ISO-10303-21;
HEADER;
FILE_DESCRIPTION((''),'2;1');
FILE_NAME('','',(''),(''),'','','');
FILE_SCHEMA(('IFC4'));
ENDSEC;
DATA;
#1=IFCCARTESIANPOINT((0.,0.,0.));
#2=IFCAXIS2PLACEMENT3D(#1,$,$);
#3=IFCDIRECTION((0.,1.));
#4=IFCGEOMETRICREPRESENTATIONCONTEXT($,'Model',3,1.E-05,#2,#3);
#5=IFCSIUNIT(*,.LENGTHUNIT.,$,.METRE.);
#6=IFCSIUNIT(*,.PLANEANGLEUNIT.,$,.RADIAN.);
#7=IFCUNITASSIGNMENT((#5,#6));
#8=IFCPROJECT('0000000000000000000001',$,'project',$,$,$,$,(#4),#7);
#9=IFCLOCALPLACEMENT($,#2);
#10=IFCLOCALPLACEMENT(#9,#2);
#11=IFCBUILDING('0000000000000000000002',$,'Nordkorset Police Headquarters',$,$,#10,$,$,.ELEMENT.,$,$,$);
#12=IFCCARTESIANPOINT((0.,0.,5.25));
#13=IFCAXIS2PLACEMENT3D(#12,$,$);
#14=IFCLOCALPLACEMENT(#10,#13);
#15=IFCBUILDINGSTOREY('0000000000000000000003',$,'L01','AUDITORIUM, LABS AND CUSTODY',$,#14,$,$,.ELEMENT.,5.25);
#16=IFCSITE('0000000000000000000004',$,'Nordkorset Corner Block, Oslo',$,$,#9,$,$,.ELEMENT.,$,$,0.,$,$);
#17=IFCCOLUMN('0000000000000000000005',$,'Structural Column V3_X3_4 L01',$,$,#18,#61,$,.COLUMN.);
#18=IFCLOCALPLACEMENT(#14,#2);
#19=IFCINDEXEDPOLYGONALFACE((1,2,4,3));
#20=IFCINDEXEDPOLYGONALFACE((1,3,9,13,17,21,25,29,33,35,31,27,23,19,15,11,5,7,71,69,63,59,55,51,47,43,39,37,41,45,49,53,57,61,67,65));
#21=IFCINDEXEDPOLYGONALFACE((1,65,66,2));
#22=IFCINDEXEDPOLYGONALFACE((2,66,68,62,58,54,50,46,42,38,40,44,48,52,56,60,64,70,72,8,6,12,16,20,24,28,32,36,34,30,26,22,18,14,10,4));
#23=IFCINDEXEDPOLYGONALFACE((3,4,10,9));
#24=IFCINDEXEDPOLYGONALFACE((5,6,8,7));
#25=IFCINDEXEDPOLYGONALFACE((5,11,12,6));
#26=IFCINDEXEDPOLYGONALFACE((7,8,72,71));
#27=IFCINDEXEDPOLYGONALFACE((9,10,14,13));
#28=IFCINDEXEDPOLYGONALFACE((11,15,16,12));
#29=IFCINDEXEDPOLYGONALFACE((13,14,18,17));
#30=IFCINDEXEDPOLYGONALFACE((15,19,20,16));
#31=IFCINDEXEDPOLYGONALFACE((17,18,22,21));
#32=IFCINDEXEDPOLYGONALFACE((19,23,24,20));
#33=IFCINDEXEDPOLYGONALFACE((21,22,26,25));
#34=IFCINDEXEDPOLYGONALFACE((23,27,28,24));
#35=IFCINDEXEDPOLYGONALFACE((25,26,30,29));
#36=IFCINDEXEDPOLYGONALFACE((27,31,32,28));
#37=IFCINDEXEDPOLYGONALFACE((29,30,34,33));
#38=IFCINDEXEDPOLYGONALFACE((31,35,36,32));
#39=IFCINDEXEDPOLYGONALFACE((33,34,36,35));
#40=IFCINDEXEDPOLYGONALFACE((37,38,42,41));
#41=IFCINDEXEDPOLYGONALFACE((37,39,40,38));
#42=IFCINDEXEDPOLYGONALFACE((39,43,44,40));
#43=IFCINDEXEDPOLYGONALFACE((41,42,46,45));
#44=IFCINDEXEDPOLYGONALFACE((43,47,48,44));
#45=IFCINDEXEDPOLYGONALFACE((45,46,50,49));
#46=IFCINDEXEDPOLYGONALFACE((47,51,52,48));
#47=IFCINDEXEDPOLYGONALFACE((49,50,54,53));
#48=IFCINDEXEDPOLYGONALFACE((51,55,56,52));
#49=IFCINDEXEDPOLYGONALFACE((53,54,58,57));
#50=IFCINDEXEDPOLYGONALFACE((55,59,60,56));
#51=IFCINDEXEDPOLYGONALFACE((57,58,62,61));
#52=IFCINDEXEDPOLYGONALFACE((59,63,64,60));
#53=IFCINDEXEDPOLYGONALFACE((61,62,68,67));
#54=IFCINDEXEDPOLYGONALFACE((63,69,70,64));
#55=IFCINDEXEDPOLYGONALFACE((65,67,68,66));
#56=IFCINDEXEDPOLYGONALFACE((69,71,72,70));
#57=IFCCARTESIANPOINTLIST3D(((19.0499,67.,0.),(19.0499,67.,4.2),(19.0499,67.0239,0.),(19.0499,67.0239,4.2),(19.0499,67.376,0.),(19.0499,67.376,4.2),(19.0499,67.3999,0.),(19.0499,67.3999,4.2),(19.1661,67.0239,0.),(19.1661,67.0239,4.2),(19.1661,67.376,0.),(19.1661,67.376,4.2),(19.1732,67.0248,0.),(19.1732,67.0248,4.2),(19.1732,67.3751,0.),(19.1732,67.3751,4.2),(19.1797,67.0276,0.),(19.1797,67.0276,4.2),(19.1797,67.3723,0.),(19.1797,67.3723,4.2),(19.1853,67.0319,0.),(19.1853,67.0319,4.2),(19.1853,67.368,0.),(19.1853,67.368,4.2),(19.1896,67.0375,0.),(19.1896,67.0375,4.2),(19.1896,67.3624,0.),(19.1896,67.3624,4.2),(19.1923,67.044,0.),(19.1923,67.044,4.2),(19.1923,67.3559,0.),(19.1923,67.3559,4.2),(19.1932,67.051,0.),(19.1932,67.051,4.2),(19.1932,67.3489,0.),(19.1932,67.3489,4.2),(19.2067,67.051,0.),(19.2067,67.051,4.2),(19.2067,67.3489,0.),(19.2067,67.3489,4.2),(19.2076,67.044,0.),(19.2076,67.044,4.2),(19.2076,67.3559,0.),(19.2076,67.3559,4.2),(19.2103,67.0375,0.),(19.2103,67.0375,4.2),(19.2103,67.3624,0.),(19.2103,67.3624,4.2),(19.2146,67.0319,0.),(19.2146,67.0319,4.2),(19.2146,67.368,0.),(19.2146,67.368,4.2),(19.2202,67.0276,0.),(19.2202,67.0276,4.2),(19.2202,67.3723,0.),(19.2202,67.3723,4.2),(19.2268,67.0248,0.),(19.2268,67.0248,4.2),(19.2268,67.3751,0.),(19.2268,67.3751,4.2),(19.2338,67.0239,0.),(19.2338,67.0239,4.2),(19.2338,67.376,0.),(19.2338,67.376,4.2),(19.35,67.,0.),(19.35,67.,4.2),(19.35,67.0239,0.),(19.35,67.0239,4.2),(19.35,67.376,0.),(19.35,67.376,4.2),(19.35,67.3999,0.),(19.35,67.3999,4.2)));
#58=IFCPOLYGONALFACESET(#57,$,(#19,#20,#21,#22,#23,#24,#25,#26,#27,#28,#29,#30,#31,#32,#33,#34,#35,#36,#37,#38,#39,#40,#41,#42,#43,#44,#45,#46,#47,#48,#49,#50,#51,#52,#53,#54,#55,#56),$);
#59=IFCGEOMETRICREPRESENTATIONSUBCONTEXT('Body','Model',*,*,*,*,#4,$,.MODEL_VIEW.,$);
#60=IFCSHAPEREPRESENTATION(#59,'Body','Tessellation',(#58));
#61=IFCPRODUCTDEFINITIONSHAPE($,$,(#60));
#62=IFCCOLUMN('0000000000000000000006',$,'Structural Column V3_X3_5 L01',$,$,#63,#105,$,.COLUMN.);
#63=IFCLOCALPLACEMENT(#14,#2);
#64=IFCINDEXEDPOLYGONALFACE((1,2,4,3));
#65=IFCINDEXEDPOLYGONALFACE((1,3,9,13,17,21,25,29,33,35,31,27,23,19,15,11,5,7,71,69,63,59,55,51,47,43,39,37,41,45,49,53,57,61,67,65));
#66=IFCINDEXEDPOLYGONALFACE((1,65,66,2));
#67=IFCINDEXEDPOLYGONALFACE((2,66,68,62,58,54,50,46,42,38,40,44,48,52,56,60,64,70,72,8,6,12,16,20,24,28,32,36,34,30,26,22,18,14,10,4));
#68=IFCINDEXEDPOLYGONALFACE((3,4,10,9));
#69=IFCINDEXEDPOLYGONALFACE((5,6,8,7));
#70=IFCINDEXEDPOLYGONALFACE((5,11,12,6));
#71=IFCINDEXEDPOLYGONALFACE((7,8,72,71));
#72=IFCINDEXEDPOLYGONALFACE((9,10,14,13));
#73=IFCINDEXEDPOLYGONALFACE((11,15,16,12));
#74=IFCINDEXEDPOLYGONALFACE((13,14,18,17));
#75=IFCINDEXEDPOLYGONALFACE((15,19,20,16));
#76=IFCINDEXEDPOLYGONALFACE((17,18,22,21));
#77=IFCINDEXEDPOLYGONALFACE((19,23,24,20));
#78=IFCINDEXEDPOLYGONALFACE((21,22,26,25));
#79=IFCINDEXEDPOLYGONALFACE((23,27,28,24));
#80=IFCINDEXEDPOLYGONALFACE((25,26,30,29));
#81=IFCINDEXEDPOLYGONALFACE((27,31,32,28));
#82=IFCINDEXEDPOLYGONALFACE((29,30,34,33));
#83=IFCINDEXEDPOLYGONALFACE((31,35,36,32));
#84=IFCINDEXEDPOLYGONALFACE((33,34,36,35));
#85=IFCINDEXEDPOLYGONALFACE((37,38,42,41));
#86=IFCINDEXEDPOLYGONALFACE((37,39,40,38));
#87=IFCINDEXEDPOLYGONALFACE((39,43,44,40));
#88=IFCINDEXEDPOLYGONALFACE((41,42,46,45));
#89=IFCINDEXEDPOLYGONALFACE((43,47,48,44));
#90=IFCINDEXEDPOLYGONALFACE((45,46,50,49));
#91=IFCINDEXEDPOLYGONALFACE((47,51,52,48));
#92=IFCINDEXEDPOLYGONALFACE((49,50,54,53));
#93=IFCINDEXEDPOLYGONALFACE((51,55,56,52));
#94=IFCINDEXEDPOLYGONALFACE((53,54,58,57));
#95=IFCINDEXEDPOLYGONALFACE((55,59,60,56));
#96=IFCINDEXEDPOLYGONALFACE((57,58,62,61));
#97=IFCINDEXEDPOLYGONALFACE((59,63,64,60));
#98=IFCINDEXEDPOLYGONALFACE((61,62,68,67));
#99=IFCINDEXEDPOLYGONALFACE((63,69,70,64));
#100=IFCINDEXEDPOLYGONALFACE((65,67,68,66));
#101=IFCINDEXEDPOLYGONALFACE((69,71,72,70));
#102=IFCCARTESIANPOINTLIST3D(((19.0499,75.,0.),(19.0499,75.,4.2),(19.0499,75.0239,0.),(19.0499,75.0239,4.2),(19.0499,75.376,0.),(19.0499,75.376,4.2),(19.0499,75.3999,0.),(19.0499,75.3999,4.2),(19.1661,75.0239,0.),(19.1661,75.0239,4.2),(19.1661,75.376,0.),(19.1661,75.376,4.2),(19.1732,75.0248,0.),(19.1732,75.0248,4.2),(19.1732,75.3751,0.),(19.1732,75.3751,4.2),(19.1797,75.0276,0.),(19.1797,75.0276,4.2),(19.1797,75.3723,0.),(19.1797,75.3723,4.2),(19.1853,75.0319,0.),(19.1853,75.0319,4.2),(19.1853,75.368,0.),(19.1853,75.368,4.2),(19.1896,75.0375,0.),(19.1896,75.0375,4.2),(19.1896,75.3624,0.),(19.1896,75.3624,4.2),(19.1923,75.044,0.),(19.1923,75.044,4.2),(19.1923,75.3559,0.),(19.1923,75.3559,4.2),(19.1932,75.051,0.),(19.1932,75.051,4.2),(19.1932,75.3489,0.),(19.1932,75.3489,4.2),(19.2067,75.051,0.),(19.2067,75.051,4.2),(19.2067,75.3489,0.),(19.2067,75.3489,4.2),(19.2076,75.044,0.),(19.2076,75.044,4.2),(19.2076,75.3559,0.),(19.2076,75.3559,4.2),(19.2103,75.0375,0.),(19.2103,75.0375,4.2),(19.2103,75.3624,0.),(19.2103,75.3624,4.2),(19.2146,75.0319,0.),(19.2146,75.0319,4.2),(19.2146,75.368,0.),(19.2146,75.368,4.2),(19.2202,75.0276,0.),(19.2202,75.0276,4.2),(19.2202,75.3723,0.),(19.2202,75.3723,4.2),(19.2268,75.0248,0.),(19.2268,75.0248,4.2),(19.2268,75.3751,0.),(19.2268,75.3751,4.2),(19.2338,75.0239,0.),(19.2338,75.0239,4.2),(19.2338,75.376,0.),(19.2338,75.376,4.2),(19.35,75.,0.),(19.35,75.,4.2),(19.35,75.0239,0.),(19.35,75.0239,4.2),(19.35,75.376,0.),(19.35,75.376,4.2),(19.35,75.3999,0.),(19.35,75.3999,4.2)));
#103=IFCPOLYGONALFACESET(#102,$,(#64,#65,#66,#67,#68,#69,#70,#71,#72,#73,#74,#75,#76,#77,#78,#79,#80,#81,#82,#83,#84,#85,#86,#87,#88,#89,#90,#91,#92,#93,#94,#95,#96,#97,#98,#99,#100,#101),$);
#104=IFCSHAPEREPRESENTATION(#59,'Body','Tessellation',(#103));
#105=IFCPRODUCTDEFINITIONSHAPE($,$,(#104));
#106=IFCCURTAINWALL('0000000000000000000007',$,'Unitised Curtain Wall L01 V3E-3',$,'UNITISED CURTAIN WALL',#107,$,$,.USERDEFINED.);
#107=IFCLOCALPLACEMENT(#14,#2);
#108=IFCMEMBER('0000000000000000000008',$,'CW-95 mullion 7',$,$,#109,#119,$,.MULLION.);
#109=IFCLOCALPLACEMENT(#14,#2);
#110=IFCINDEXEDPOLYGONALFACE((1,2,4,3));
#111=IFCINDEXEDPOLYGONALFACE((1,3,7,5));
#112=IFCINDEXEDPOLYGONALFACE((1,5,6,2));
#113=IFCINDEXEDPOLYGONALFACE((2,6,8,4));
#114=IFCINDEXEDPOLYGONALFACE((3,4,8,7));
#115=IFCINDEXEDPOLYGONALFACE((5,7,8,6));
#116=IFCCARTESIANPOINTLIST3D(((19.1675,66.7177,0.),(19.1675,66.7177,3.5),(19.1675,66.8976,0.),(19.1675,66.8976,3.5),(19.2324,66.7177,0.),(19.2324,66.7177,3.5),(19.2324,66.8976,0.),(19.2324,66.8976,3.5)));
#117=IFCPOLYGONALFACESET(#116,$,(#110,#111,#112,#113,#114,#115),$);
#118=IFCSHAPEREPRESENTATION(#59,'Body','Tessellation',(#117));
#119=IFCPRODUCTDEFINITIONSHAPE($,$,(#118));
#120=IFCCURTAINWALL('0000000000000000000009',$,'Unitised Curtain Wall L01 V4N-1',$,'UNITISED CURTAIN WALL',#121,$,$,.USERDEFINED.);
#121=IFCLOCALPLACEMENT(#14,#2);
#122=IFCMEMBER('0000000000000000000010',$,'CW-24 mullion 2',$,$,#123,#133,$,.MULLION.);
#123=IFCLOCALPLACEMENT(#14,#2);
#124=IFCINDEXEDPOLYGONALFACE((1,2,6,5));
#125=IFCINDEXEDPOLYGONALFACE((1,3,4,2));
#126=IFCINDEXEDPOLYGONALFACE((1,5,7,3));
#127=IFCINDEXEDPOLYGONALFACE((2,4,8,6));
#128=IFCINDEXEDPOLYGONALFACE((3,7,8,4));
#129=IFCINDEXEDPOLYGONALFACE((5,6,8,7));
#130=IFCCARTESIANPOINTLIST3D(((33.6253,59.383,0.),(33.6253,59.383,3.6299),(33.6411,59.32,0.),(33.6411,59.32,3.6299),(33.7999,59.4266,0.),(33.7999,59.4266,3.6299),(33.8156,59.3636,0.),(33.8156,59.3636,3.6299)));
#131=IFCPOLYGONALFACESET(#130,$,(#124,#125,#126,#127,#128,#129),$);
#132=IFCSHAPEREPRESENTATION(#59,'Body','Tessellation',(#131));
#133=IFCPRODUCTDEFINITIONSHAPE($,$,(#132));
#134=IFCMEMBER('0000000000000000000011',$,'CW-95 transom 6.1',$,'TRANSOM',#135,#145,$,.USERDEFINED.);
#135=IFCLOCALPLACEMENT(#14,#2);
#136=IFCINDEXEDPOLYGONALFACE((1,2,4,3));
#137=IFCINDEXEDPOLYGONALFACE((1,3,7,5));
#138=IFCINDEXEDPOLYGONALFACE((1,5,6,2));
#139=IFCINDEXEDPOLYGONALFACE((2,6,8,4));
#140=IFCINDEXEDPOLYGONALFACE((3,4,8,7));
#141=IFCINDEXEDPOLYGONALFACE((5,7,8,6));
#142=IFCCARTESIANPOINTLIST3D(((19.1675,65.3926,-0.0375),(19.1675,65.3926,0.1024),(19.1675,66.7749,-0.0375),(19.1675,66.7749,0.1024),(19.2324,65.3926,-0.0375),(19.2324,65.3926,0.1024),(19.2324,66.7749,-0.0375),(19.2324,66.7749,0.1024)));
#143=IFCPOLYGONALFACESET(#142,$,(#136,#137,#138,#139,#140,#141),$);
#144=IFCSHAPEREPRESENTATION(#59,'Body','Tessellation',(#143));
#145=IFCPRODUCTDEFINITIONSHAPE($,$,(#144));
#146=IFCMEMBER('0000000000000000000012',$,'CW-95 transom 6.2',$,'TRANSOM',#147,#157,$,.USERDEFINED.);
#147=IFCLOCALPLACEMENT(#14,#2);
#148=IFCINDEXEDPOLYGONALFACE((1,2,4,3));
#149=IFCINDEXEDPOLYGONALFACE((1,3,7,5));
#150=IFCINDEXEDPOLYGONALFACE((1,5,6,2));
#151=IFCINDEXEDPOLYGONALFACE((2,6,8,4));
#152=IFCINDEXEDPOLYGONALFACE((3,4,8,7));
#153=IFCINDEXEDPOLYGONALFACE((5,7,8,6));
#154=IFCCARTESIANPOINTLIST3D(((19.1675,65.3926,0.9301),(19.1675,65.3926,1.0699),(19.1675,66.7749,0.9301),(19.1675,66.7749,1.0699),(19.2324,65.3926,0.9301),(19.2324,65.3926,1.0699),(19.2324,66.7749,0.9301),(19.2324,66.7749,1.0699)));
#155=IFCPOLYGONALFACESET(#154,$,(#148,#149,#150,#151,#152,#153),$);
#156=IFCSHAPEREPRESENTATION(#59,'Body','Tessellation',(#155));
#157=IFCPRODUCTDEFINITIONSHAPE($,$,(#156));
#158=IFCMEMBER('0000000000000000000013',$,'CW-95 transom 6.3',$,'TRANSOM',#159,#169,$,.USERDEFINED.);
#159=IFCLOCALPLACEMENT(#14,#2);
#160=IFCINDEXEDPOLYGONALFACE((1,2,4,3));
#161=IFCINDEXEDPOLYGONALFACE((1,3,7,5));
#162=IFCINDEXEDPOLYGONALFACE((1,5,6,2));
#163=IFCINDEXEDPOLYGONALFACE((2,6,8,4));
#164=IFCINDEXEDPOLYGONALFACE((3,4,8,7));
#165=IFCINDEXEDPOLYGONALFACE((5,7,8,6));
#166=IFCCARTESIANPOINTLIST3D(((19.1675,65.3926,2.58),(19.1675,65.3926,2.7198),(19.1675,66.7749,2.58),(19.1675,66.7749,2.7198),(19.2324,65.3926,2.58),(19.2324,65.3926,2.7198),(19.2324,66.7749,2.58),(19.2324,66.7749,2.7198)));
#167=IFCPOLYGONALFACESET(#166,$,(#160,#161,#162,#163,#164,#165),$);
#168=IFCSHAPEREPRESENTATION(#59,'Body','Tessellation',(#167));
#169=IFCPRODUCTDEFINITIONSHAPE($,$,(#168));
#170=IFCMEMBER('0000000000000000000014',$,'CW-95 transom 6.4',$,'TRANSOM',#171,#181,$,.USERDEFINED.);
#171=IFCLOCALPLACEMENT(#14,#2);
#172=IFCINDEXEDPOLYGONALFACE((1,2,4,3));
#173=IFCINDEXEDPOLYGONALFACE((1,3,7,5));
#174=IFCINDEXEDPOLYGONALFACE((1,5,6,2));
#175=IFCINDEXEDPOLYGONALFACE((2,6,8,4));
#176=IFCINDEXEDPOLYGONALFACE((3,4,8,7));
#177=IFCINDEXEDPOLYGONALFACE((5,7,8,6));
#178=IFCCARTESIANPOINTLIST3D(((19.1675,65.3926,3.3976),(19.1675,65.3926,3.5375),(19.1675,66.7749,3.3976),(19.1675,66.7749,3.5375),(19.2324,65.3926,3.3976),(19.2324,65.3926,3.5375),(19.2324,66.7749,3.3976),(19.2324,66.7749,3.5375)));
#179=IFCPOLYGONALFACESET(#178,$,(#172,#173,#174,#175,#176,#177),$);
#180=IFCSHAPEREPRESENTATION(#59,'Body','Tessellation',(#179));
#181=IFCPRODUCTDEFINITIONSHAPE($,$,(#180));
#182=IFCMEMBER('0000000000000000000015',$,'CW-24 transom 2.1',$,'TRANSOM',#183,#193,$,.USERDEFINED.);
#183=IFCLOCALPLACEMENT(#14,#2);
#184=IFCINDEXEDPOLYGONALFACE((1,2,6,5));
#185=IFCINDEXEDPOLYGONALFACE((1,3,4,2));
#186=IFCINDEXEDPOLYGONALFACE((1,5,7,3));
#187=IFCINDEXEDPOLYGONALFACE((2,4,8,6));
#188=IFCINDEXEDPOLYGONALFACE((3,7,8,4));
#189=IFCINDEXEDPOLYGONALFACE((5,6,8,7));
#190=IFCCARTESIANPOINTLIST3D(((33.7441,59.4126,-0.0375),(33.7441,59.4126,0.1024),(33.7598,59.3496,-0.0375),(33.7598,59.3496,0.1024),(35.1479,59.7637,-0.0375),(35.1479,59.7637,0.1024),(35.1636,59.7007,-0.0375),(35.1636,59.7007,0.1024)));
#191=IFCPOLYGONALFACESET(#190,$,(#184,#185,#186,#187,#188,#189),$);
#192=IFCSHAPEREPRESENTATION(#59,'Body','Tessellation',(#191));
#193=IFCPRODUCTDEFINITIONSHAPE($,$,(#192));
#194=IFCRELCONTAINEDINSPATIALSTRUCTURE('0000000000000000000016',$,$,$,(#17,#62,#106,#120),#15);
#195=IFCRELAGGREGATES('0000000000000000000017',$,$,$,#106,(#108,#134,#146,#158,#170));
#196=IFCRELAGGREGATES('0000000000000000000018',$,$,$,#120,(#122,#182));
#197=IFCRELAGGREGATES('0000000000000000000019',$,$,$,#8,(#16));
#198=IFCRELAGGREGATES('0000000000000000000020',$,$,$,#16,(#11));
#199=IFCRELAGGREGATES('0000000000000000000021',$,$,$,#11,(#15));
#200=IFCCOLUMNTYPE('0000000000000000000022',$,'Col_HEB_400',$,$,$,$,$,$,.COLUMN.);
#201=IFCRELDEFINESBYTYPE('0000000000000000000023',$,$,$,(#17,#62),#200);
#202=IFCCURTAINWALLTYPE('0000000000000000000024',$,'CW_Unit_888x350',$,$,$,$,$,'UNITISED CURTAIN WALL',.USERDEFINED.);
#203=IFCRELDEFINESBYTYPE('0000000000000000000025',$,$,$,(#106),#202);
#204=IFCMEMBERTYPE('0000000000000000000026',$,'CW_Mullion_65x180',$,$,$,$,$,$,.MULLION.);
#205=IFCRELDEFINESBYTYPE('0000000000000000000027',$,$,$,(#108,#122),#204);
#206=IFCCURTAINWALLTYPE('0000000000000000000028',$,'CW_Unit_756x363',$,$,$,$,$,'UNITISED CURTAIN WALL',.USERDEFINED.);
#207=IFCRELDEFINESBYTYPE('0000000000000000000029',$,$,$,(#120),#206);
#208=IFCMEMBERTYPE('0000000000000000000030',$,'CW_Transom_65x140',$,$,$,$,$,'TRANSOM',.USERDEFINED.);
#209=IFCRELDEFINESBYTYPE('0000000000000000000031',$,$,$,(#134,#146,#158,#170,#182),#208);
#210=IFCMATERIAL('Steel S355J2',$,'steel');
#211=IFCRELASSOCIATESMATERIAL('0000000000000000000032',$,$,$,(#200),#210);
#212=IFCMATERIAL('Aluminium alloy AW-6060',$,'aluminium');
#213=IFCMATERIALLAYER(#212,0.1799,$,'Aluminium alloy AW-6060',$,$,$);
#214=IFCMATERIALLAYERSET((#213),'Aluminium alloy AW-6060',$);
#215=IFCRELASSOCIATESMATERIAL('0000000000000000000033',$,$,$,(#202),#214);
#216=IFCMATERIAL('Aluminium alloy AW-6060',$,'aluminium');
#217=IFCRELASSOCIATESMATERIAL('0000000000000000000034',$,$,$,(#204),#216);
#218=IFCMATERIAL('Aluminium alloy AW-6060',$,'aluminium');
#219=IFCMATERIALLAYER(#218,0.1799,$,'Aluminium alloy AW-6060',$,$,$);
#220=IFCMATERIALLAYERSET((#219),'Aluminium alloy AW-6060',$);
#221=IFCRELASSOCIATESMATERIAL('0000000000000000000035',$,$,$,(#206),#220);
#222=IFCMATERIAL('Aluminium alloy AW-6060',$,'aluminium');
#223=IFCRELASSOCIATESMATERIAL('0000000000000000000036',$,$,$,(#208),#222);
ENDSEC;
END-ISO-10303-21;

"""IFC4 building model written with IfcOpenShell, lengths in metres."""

from ifc_helpers import new_model, si_unit, direction, frame, origin, origin_2d, place, context, subcontext, project, spatial, rectangle, i_section, extrude, material, layer, layer_set, material_profile, profile_set, type_object, element, aggregate, save


model = new_model("IFC4")

# Units and contexts
model_context = context("Model", 3, precision=1e-05, world=origin(), true_north=direction((0.0, 1.0)))
body_context = subcontext(model_context, "Body", "Model", "MODEL_VIEW")
ifc_project = project(units=[si_unit("LENGTHUNIT", "METRE"), si_unit("PLANEANGLEUNIT", "RADIAN")], contexts=[model_context])

# Site, building, storey
site_placement = place(None, origin())
site = spatial("IfcSite", under=ifc_project, at=site_placement, Name="Nordkorset Corner Block, Oslo", CompositionType="ELEMENT", RefElevation=0.0)
building_placement = place(site_placement, origin())
building = spatial("IfcBuilding", under=site, at=building_placement, Name="Nordkorset Police Headquarters", CompositionType="ELEMENT")
storey_placement = place(building_placement, frame((0.0, 0.0, 5.25)))
storey = spatial("IfcBuildingStorey", under=building, at=storey_placement, Name="L01", Description="AUDITORIUM, LABS AND CUSTODY", CompositionType="ELEMENT", Elevation=5.25)

# Columns
ifc_material_1 = material(Name="Steel S355J2", Category="steel")
ifc_material_profile_1 = material_profile(ifc_material_1, i_section(OverallWidth=0.3, OverallDepth=0.3999, WebThickness=0.0134, FlangeThickness=0.0239, FilletRadius=0.0271, at=origin_2d()), Name="HEB 400")
ifc_profile_set_1 = profile_set([ifc_material_profile_1], Name="Steel S355J2")
column_type = type_object("IfcColumnType", Name="Col_HEB_400", PredefinedType="COLUMN", material=ifc_profile_set_1)
for number, where, z_axis, x_axis, name in (
    (1, (19.2, 67.2, 0.0), (0.0, 0.0, 1.0), (1.0, 0.0, 0.0), "Structural Column V3_X3_4 L01"),
    (2, (19.2, 75.2, 0.0), (0.0, 0.0, 1.0), (1.0, 0.0, 0.0), "Structural Column V3_X3_5 L01"),
):
    element("IfcColumn", number, at=place(storey_placement, frame(where, z_axis=z_axis, x_axis=x_axis)), inside=storey, type_object=column_type, Name=name, PredefinedType="COLUMN", context=body_context, shape_type="SweptSolid", body=[
        extrude(i_section(OverallWidth=0.3, OverallDepth=0.3999, WebThickness=0.0134, FlangeThickness=0.0239, FilletRadius=0.0271, at=origin_2d()), origin(), (0.0, 0.0, 1.0), 4.2),
    ])

# Curtain walls, members
ifc_material_2 = material(Name="Aluminium alloy AW-6060", Category="aluminium")
ifc_layer_1 = layer(ifc_material_2, 0.1799, Name="Aluminium alloy AW-6060")
ifc_layer_set_1 = layer_set([ifc_layer_1], Name="Aluminium alloy AW-6060")
curtain_wall_type_1 = type_object("IfcCurtainWallType", Name="CW_Unit_888x350", ElementType="UNITISED CURTAIN WALL", PredefinedType="USERDEFINED", material=ifc_layer_set_1)
curtain_wall_1_placement = place(storey_placement, origin())
curtain_wall_1 = element("IfcCurtainWall", 3, at=curtain_wall_1_placement, inside=storey, type_object=curtain_wall_type_1, Name="Unitised Curtain Wall L01 V3E-3", ObjectType="UNITISED CURTAIN WALL", PredefinedType="USERDEFINED")
ifc_material_3 = material(Name="Aluminium alloy AW-6060", Category="aluminium")
ifc_material_profile_2 = material_profile(ifc_material_3, rectangle(XDim=0.0649, YDim=0.1799, at=origin_2d()), Name="ALU MULL 65x180")
ifc_profile_set_2 = profile_set([ifc_material_profile_2], Name="Aluminium alloy AW-6060")
member_type_1 = type_object("IfcMemberType", Name="CW_Mullion_65x180", PredefinedType="MULLION", material=ifc_profile_set_2)
member_1_placement = place(storey_placement, frame((19.2, 66.8076, 0.0), z_axis=(0.0, 0.0, 1.0), x_axis=(-1.0, 0.0, 0.0)))
member_1 = element("IfcMember", 4, at=member_1_placement, type_object=member_type_1, Name="CW-95 mullion 7", PredefinedType="MULLION", context=body_context, shape_type="SweptSolid", body=[
    extrude(rectangle(XDim=0.0649, YDim=0.1799, at=origin_2d()), origin(), (0.0, 0.0, 1.0), 3.5),
])
ifc_material_4 = material(Name="Aluminium alloy AW-6060", Category="aluminium")
ifc_layer_2 = layer(ifc_material_4, 0.1799, Name="Aluminium alloy AW-6060")
ifc_layer_set_2 = layer_set([ifc_layer_2], Name="Aluminium alloy AW-6060")
curtain_wall_type_2 = type_object("IfcCurtainWallType", Name="CW_Unit_756x363", ElementType="UNITISED CURTAIN WALL", PredefinedType="USERDEFINED", material=ifc_layer_set_2)
curtain_wall_2_placement = place(storey_placement, origin())
curtain_wall_2 = element("IfcCurtainWall", 5, at=curtain_wall_2_placement, inside=storey, type_object=curtain_wall_type_2, Name="Unitised Curtain Wall L01 V4N-1", ObjectType="UNITISED CURTAIN WALL", PredefinedType="USERDEFINED")
member_2_placement = place(storey_placement, frame((33.7205, 59.3733, 0.0), z_axis=(0.0, 0.0, 1.0), x_axis=(-0.242536, 0.970143, 0.0)))
member_2 = element("IfcMember", 6, at=member_2_placement, type_object=member_type_1, Name="CW-24 mullion 2", PredefinedType="MULLION", context=body_context, shape_type="SweptSolid", body=[
    extrude(rectangle(XDim=0.0649, YDim=0.1799, at=origin_2d()), origin(), (0.0, 0.0, 1.0), 3.6299),
])

# Members
ifc_material_5 = material(Name="Aluminium alloy AW-6060", Category="aluminium")
ifc_material_profile_3 = material_profile(ifc_material_5, rectangle(XDim=0.0649, YDim=0.1399, at=origin_2d()), Name="ALU TRAN 65x140")
ifc_profile_set_3 = profile_set([ifc_material_profile_3], Name="Aluminium alloy AW-6060")
member_type_2 = type_object("IfcMemberType", Name="CW_Transom_65x140", ElementType="TRANSOM", PredefinedType="USERDEFINED", material=ifc_profile_set_3)
member_3_placement = place(storey_placement, frame((19.2, 65.3926, 0.0325), z_axis=(0.0, 1.0, 0.0), x_axis=(-1.0, 0.0, 0.0)))
member_3 = element("IfcMember", 7, at=member_3_placement, type_object=member_type_2, Name="CW-95 transom 6.1", ObjectType="TRANSOM", PredefinedType="USERDEFINED", context=body_context, shape_type="SweptSolid", body=[
    extrude(rectangle(XDim=0.0649, YDim=0.1399, at=origin_2d()), origin(), (0.0, 0.0, 1.0), 1.3823),
])
member_4_placement = place(storey_placement, frame((19.2, 65.3926, 1.0), z_axis=(0.0, 1.0, 0.0), x_axis=(-1.0, 0.0, 0.0)))
member_4 = element("IfcMember", 8, at=member_4_placement, type_object=member_type_2, Name="CW-95 transom 6.2", ObjectType="TRANSOM", PredefinedType="USERDEFINED", context=body_context, shape_type="SweptSolid", body=[
    extrude(rectangle(XDim=0.0649, YDim=0.1399, at=origin_2d()), origin(), (0.0, 0.0, 1.0), 1.3823),
])
member_5_placement = place(storey_placement, frame((19.2, 65.3926, 2.6499), z_axis=(0.0, 1.0, 0.0), x_axis=(-1.0, 0.0, 0.0)))
member_5 = element("IfcMember", 9, at=member_5_placement, type_object=member_type_2, Name="CW-95 transom 6.3", ObjectType="TRANSOM", PredefinedType="USERDEFINED", context=body_context, shape_type="SweptSolid", body=[
    extrude(rectangle(XDim=0.0649, YDim=0.1399, at=origin_2d()), origin(), (0.0, 0.0, 1.0), 1.3823),
])
member_6_placement = place(storey_placement, frame((19.2, 65.3926, 3.4675), z_axis=(0.0, 1.0, 0.0), x_axis=(-1.0, 0.0, 0.0)))
member_6 = element("IfcMember", 10, at=member_6_placement, type_object=member_type_2, Name="CW-95 transom 6.4", ObjectType="TRANSOM", PredefinedType="USERDEFINED", context=body_context, shape_type="SweptSolid", body=[
    extrude(rectangle(XDim=0.0649, YDim=0.1399, at=origin_2d()), origin(), (0.0, 0.0, 1.0), 1.3823),
])
member_7_placement = place(storey_placement, frame((33.752, 59.3811, 0.0325), z_axis=(0.970123, 0.242615, 0.0), x_axis=(-0.242615, 0.970123, 0.0)))
member_7 = element("IfcMember", 11, at=member_7_placement, type_object=member_type_2, Name="CW-24 transom 2.1", ObjectType="TRANSOM", PredefinedType="USERDEFINED", context=body_context, shape_type="SweptSolid", body=[
    extrude(rectangle(XDim=0.0649, YDim=0.1399, at=origin_2d()), origin(), (0.0, 0.0, 1.0), 1.447),
])

aggregate(curtain_wall_1, [member_1, member_3, member_4, member_5, member_6])
aggregate(curtain_wall_2, [member_2, member_7])

save(model, "model.ifc")
